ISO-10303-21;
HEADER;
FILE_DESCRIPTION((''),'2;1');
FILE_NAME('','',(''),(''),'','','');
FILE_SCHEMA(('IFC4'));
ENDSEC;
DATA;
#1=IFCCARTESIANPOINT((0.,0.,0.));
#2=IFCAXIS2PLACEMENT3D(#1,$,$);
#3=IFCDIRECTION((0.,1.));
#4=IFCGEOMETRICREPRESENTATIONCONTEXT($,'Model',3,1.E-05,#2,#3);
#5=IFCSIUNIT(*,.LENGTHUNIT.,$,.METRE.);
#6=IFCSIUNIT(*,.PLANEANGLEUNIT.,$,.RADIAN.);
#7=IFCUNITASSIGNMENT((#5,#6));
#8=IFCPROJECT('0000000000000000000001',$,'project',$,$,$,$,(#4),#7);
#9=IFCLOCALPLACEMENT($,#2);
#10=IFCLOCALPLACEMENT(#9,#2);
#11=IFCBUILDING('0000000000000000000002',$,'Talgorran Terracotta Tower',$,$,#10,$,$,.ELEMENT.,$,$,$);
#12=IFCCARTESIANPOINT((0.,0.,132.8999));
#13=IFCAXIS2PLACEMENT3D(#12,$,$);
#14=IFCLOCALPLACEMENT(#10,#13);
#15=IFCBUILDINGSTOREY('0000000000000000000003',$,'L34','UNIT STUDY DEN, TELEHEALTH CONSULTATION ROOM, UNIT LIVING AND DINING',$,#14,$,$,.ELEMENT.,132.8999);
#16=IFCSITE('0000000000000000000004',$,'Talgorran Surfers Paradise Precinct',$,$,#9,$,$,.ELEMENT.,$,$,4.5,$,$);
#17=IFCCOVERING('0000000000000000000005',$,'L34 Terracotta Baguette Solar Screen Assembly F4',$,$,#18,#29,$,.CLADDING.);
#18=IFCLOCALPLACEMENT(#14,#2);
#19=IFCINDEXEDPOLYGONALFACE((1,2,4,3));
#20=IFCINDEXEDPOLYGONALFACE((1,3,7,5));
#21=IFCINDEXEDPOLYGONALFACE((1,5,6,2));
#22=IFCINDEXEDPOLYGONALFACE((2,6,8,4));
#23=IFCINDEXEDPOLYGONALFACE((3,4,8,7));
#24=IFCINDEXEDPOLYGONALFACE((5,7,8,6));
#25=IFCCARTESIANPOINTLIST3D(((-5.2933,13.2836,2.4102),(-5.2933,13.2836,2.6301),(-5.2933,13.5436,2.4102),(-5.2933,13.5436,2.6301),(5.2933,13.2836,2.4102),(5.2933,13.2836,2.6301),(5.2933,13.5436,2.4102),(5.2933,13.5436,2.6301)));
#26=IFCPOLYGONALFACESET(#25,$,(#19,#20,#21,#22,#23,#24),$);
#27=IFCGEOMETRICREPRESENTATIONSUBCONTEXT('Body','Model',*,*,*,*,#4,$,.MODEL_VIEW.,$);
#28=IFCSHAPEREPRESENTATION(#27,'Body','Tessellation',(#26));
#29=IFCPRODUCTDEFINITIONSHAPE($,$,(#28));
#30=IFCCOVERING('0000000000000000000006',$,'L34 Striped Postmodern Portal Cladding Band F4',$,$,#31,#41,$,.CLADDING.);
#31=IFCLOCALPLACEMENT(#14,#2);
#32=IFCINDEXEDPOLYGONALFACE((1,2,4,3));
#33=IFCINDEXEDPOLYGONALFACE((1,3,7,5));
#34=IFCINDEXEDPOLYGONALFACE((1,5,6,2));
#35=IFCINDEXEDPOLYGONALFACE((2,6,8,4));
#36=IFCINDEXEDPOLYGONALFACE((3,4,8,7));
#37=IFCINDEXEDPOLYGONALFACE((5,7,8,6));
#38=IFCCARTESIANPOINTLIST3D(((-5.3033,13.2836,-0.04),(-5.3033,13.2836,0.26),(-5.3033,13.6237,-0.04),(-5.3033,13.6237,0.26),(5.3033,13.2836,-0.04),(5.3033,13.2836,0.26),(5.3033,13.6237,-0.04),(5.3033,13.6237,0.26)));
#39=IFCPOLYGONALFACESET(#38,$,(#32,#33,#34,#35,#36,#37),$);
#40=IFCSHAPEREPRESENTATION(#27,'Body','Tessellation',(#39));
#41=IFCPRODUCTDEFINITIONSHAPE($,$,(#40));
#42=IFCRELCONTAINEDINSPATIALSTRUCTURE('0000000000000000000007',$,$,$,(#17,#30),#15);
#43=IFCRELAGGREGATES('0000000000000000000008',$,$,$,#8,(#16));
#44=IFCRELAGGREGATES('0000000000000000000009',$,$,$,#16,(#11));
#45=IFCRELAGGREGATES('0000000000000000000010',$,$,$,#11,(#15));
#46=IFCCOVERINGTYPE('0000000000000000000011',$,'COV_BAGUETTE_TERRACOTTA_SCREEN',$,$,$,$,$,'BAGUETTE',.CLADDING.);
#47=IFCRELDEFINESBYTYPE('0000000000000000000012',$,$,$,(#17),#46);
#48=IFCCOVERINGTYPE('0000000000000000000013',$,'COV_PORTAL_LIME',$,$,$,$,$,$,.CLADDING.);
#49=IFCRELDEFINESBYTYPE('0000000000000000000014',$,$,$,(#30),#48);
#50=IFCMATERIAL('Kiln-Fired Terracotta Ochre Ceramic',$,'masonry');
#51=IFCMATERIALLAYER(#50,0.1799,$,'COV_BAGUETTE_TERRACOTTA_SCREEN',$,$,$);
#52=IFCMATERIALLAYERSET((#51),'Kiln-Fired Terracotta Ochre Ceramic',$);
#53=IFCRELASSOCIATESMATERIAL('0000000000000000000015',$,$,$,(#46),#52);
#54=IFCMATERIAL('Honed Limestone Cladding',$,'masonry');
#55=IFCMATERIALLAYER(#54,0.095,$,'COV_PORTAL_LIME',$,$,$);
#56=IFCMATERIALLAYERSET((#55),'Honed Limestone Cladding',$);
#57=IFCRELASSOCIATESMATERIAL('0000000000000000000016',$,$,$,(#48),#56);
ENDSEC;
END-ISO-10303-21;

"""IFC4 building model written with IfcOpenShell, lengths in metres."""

from ifc_helpers import new_model, si_unit, direction, frame, origin, origin_2d, place, context, subcontext, project, spatial, rectangle, extrude, material, layer, layer_set, type_object, element, save


model = new_model("IFC4")

# Units and contexts
model_context = context("Model", 3, precision=1e-05, world=origin(), true_north=direction((0.0, 1.0)))
body_context = subcontext(model_context, "Body", "Model", "MODEL_VIEW")
ifc_project = project(units=[si_unit("LENGTHUNIT", "METRE"), si_unit("PLANEANGLEUNIT", "RADIAN")], contexts=[model_context])

# Site, building, storey
site_placement = place(None, origin())
site = spatial("IfcSite", under=ifc_project, at=site_placement, Name="Talgorran Surfers Paradise Precinct", CompositionType="ELEMENT", RefElevation=4.5)
building_placement = place(site_placement, origin())
building = spatial("IfcBuilding", under=site, at=building_placement, Name="Talgorran Terracotta Tower", CompositionType="ELEMENT")
storey_placement = place(building_placement, frame((0.0, 0.0, 132.8999)))
storey = spatial("IfcBuildingStorey", under=building, at=storey_placement, Name="L34", Description="UNIT STUDY DEN, TELEHEALTH CONSULTATION ROOM, UNIT LIVING AND DINING", CompositionType="ELEMENT", Elevation=132.8999)

# Coverings
ifc_material_1 = material(Name="Kiln-Fired Terracotta Ochre Ceramic", Category="masonry")
ifc_layer_1 = layer(ifc_material_1, 0.1799, Name="COV_BAGUETTE_TERRACOTTA_SCREEN")
ifc_layer_set_1 = layer_set([ifc_layer_1], Name="Kiln-Fired Terracotta Ochre Ceramic")
covering_type_1 = type_object("IfcCoveringType", Name="COV_BAGUETTE_TERRACOTTA_SCREEN", ElementType="BAGUETTE", PredefinedType="CLADDING", material=ifc_layer_set_1)
covering_1_placement = place(storey_placement, frame((0.0, 13.4136, 2.4102), z_axis=(0.0, 0.0, 1.0), x_axis=(-1.0, 0.0, 0.0)))
element("IfcCovering", 1, at=covering_1_placement, inside=storey, type_object=covering_type_1, Name="L34 Terracotta Baguette Solar Screen Assembly F4", PredefinedType="CLADDING", context=body_context, shape_type="SweptSolid", body=[
    extrude(rectangle(XDim=10.5867, YDim=0.26, at=origin_2d()), origin(), (0.0, 0.0, 1.0), 0.22),
])
ifc_material_2 = material(Name="Honed Limestone Cladding", Category="masonry")
ifc_layer_2 = layer(ifc_material_2, 0.095, Name="COV_PORTAL_LIME")
ifc_layer_set_2 = layer_set([ifc_layer_2], Name="Honed Limestone Cladding")
covering_type_2 = type_object("IfcCoveringType", Name="COV_PORTAL_LIME", PredefinedType="CLADDING", material=ifc_layer_set_2)
covering_2_placement = place(storey_placement, frame((0.0, 13.4536, -0.04), z_axis=(0.0, 0.0, 1.0), x_axis=(-1.0, 0.0, 0.0)))
element("IfcCovering", 2, at=covering_2_placement, inside=storey, type_object=covering_type_2, Name="L34 Striped Postmodern Portal Cladding Band F4", PredefinedType="CLADDING", context=body_context, shape_type="SweptSolid", body=[
    extrude(rectangle(XDim=10.6067, YDim=0.3401, at=origin_2d()), origin(), (0.0, 0.0, 1.0), 0.3),
])

save(model, "model.ifc")
